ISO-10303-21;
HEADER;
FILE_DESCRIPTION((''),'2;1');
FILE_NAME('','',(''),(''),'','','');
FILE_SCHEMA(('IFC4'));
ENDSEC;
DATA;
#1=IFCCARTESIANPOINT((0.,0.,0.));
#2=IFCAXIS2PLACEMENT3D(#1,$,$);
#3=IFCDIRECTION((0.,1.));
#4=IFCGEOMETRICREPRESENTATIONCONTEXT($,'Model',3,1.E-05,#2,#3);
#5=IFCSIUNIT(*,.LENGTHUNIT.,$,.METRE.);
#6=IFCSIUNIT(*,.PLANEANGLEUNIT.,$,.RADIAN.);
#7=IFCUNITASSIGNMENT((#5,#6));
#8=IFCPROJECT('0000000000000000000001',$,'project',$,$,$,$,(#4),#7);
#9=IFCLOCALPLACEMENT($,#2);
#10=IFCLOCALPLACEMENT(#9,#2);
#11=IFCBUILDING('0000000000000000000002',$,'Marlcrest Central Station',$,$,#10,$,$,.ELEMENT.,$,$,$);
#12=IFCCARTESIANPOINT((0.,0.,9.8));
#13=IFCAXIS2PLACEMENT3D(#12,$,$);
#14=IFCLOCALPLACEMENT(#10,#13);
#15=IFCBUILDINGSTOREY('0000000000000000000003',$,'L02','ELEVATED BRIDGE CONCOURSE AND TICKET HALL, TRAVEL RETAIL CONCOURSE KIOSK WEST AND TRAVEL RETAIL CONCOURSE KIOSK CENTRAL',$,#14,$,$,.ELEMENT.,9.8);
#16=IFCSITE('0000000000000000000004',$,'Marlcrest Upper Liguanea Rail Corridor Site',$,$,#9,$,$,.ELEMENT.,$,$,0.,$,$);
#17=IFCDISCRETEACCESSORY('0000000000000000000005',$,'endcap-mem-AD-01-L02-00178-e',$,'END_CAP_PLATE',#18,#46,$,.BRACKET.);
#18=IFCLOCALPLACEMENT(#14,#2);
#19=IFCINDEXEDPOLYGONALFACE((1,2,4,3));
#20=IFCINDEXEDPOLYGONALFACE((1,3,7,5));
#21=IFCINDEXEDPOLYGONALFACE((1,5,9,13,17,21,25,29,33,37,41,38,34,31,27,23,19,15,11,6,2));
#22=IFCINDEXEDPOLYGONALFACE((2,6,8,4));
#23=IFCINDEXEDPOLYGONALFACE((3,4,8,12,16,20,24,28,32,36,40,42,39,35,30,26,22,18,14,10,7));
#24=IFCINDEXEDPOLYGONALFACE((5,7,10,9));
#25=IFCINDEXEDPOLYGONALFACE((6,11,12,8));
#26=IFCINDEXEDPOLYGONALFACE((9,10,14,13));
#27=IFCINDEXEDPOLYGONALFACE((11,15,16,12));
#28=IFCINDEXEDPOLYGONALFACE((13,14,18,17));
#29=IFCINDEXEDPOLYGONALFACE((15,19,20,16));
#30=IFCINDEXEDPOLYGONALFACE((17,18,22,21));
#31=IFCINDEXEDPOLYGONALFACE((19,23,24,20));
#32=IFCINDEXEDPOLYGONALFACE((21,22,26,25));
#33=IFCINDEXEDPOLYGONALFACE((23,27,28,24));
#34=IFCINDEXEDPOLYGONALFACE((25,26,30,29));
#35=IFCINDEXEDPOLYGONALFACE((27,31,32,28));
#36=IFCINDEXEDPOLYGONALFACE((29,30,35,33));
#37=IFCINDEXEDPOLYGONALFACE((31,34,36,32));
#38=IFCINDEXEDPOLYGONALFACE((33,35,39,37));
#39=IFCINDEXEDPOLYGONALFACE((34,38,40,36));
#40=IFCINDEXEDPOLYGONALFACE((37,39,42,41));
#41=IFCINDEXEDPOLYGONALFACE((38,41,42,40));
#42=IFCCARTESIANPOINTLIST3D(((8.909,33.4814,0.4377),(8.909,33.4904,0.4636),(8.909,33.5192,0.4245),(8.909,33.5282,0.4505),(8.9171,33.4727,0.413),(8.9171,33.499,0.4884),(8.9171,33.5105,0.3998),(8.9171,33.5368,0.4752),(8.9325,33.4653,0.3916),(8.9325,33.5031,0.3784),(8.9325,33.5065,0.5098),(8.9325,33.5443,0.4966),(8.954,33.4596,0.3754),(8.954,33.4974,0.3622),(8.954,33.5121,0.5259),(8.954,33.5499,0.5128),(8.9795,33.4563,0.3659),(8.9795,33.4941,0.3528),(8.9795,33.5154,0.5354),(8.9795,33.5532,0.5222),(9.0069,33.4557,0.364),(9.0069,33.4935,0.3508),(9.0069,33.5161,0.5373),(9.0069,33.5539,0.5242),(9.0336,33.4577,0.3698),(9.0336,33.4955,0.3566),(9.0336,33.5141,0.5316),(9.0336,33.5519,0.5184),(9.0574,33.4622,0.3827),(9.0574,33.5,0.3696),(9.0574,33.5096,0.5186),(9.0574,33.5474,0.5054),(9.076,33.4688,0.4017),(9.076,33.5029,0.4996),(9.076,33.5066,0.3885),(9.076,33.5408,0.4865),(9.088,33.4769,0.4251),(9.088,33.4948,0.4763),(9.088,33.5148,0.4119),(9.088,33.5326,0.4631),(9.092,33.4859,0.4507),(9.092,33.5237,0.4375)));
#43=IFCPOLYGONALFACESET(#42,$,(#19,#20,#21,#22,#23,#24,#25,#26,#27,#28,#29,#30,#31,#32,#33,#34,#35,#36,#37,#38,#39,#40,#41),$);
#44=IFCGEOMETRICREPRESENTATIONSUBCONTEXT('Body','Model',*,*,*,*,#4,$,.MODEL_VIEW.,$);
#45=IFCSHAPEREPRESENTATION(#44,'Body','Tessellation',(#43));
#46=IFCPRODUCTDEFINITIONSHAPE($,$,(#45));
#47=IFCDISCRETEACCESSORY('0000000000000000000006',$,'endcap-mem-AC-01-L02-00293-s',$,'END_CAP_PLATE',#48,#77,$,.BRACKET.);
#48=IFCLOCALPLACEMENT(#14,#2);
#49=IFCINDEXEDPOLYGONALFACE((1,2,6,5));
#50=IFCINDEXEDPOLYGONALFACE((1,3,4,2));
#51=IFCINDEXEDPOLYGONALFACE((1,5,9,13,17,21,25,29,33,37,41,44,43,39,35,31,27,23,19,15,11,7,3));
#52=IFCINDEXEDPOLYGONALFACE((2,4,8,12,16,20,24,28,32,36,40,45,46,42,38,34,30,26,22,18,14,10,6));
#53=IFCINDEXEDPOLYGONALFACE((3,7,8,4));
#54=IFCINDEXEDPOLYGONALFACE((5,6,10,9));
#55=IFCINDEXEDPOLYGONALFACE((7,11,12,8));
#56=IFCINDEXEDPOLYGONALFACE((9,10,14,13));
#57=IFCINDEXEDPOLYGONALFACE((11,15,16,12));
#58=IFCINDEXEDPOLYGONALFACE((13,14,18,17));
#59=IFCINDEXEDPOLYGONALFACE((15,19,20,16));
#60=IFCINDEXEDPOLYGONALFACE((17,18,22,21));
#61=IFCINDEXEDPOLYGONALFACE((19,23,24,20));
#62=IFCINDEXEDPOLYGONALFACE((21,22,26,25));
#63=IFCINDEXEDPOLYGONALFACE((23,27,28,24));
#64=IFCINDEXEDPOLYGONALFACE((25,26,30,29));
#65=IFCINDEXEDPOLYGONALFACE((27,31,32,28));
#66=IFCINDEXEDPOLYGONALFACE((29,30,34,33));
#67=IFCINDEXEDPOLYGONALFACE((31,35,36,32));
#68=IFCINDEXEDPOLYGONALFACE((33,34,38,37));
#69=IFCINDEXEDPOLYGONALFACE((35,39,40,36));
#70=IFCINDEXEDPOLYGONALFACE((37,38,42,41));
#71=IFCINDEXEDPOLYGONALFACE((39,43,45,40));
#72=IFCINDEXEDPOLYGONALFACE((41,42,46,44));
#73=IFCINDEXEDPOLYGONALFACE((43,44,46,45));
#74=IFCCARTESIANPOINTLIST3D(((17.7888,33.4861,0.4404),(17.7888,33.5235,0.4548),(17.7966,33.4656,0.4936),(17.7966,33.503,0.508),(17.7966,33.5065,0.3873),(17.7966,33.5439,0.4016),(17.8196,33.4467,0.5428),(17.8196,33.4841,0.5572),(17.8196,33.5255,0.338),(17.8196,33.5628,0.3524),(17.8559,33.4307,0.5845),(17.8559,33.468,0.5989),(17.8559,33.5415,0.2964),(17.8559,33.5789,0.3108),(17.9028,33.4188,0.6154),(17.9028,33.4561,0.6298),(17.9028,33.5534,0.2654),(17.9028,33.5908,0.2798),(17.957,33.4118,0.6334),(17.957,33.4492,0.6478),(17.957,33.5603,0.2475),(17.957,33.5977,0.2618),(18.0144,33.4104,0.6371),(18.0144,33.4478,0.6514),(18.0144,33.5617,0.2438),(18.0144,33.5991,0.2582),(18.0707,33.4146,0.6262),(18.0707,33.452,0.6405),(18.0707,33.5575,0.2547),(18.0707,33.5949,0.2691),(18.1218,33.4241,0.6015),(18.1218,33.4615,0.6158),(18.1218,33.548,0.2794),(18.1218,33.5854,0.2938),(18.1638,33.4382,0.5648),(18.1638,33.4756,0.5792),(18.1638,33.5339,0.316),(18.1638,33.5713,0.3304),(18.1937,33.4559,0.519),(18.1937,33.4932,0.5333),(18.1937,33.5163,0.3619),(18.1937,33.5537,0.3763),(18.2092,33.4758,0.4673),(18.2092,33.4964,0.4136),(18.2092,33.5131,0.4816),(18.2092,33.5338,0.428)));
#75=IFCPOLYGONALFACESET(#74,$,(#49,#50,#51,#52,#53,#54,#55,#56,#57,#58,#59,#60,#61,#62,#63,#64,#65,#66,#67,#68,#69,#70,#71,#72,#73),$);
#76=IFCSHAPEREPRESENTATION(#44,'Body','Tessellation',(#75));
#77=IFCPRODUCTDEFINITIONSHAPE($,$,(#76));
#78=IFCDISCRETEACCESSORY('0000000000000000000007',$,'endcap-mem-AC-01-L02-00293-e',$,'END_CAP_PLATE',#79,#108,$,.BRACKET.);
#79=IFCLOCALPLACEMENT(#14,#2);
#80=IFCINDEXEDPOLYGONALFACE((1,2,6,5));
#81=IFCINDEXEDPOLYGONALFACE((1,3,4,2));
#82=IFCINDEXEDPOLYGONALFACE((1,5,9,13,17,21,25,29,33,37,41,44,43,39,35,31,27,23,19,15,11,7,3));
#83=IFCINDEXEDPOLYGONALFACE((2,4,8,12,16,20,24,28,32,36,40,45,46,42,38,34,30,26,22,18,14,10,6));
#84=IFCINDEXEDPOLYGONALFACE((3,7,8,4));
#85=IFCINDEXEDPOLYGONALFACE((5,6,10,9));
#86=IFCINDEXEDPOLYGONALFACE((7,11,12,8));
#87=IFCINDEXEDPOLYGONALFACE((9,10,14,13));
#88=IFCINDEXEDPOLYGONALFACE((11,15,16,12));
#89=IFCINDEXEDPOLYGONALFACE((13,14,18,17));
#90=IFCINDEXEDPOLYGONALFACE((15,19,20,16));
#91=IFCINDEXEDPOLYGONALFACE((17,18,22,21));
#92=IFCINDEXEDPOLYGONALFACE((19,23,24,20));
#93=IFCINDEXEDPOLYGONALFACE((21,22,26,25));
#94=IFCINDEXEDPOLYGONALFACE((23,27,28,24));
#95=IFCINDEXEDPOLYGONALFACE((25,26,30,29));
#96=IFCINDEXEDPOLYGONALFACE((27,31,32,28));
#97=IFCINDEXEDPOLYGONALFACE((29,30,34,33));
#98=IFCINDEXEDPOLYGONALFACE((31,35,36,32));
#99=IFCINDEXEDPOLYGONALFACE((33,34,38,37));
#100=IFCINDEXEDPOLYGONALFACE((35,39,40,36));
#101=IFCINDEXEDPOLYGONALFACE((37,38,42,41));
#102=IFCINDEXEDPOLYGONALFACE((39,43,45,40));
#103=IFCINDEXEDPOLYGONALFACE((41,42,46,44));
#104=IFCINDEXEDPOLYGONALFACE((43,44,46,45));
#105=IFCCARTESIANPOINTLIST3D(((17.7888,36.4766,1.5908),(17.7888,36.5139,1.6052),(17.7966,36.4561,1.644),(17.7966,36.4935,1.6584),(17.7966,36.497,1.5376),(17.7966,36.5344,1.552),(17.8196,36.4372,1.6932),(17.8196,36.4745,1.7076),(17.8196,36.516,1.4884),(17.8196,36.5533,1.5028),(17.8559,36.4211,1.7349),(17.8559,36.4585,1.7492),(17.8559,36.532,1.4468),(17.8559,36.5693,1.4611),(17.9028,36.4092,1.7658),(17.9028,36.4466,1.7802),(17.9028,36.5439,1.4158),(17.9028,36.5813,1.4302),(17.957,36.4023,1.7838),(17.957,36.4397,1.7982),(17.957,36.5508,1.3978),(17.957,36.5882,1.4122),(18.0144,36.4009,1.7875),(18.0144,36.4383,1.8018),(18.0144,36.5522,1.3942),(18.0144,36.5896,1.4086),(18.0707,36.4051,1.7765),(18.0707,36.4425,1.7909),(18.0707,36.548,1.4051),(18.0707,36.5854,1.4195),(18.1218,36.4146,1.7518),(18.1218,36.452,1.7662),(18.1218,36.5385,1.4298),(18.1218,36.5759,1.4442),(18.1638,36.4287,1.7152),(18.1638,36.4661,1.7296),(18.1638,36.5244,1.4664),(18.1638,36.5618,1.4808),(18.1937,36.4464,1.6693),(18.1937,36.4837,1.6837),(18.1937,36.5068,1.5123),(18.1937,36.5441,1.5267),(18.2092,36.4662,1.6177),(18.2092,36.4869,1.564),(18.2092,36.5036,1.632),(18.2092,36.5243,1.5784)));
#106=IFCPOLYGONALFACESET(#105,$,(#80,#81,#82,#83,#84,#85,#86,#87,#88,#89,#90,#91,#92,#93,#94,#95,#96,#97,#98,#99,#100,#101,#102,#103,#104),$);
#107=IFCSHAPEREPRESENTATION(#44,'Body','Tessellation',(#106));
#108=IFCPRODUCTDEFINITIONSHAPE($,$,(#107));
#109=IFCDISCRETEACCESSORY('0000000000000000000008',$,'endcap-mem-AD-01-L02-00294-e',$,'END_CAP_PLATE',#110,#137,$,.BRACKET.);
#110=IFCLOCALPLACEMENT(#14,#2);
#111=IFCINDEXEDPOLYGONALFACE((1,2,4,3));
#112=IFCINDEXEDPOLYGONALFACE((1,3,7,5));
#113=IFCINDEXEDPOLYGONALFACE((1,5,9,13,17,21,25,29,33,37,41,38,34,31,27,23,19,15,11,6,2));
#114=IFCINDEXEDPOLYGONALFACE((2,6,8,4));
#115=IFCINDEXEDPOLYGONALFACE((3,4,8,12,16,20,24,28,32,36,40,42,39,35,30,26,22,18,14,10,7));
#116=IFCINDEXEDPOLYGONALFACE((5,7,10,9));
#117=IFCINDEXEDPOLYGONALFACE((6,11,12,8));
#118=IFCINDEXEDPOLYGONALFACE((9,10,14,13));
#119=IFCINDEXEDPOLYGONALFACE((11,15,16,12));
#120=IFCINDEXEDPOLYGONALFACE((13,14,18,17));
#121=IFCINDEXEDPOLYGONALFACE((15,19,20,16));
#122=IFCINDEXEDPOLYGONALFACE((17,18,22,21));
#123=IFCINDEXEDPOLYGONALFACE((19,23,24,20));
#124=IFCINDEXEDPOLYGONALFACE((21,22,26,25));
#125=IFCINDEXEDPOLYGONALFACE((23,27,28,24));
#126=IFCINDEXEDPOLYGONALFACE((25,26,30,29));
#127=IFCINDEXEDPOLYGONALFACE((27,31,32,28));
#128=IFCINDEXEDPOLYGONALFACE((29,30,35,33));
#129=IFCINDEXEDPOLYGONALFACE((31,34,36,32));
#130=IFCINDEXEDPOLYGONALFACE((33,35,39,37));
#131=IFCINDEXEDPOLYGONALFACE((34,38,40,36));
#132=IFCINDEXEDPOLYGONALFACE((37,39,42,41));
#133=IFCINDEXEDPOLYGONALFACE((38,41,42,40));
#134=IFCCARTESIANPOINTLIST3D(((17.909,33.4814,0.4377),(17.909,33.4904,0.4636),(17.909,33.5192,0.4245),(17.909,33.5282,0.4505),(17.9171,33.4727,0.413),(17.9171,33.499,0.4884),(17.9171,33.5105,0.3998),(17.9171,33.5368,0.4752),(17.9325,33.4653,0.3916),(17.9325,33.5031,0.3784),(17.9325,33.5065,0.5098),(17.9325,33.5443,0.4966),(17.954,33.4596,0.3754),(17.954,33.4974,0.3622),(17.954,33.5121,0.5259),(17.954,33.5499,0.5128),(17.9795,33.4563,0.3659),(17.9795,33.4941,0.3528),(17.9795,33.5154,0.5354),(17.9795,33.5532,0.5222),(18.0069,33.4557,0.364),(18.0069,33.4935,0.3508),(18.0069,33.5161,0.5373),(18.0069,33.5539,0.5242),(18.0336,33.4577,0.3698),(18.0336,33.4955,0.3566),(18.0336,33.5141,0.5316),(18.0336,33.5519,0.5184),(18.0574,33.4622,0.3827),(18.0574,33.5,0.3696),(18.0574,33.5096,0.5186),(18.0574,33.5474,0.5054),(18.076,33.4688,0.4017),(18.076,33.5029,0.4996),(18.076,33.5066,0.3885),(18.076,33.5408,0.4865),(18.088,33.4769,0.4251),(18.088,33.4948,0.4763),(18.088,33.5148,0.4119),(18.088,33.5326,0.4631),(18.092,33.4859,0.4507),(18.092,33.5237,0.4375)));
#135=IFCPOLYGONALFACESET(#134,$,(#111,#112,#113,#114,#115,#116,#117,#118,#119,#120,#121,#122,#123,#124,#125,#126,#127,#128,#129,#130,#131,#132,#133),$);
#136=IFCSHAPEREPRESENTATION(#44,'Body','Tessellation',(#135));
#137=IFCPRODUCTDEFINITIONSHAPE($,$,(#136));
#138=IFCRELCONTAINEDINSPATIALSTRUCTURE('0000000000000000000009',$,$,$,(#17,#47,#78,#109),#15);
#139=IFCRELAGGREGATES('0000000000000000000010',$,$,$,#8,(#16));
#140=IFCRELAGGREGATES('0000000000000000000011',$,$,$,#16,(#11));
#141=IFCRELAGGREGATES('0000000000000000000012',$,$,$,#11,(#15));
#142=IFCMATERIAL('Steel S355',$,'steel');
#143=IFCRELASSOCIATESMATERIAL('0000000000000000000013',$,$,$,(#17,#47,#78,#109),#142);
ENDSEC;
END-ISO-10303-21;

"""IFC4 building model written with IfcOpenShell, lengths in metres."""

from ifc_helpers import new_model, si_unit, direction, frame, origin, origin_2d, place, context, subcontext, project, spatial, circle, extrude, material, element, save


model = new_model("IFC4")

# Units and contexts
model_context = context("Model", 3, precision=1e-05, world=origin(), true_north=direction((0.0, 1.0)))
body_context = subcontext(model_context, "Body", "Model", "MODEL_VIEW")
ifc_project = project(units=[si_unit("LENGTHUNIT", "METRE"), si_unit("PLANEANGLEUNIT", "RADIAN")], contexts=[model_context])

# Site, building, storey
site_placement = place(None, origin())
site = spatial("IfcSite", under=ifc_project, at=site_placement, Name="Marlcrest Upper Liguanea Rail Corridor Site", CompositionType="ELEMENT", RefElevation=0.0)
building_placement = place(site_placement, origin())
building = spatial("IfcBuilding", under=site, at=building_placement, Name="Marlcrest Central Station", CompositionType="ELEMENT")
storey_placement = place(building_placement, frame((0.0, 0.0, 9.8)))
storey = spatial("IfcBuildingStorey", under=building, at=storey_placement, Name="L02", Description="ELEVATED BRIDGE CONCOURSE AND TICKET HALL, TRAVEL RETAIL CONCOURSE KIOSK WEST AND TRAVEL RETAIL CONCOURSE KIOSK CENTRAL", CompositionType="ELEMENT", Elevation=9.8)

# Shared definitions
ifc_material_1 = material(Name="Steel S355", Category="steel")

# Discrete accessories
discrete_accessory_1_placement = place(storey_placement, frame((9.0, 33.5237, 0.4375), z_axis=(0.0, -0.94426, 0.3292), x_axis=(1.0, 0.0, 0.0)))
element("IfcDiscreteAccessory", 1, at=discrete_accessory_1_placement, inside=storey, material=ifc_material_1, Name="endcap-mem-AD-01-L02-00178-e", ObjectType="END_CAP_PLATE", PredefinedType="BRACKET", context=body_context, shape_type="SweptSolid", body=[
    extrude(circle(Radius=0.092, at=origin_2d()), origin(), (0.0, 0.0, 1.0), 0.04),
])
for number, where, z_axis, x_axis, name in (
    (2, (18.0, 33.4861, 0.4404), (0.0, 0.933324, 0.359035), (-1.0, 0.0, 0.0), "endcap-mem-AC-01-L02-00293-s"),
    (3, (18.0, 36.4766, 1.5908), (0.0, 0.933324, 0.359035), (-1.0, 0.0, 0.0), "endcap-mem-AC-01-L02-00293-e"),
):
    element("IfcDiscreteAccessory", number, at=place(storey_placement, frame(where, z_axis=z_axis, x_axis=x_axis)), inside=storey, material=ifc_material_1, Name=name, ObjectType="END_CAP_PLATE", PredefinedType="BRACKET", context=body_context, shape_type="SweptSolid", body=[
        extrude(circle(Radius=0.2112, at=origin_2d()), origin(), (0.0, 0.0, 1.0), 0.04),
    ])
discrete_accessory_2_placement = place(storey_placement, frame((18.0, 33.5237, 0.4375), z_axis=(0.0, -0.94426, 0.3292), x_axis=(1.0, 0.0, 0.0)))
element("IfcDiscreteAccessory", 4, at=discrete_accessory_2_placement, inside=storey, material=ifc_material_1, Name="endcap-mem-AD-01-L02-00294-e", ObjectType="END_CAP_PLATE", PredefinedType="BRACKET", context=body_context, shape_type="SweptSolid", body=[
    extrude(circle(Radius=0.092, at=origin_2d()), origin(), (0.0, 0.0, 1.0), 0.04),
])

save(model, "model.ifc")
